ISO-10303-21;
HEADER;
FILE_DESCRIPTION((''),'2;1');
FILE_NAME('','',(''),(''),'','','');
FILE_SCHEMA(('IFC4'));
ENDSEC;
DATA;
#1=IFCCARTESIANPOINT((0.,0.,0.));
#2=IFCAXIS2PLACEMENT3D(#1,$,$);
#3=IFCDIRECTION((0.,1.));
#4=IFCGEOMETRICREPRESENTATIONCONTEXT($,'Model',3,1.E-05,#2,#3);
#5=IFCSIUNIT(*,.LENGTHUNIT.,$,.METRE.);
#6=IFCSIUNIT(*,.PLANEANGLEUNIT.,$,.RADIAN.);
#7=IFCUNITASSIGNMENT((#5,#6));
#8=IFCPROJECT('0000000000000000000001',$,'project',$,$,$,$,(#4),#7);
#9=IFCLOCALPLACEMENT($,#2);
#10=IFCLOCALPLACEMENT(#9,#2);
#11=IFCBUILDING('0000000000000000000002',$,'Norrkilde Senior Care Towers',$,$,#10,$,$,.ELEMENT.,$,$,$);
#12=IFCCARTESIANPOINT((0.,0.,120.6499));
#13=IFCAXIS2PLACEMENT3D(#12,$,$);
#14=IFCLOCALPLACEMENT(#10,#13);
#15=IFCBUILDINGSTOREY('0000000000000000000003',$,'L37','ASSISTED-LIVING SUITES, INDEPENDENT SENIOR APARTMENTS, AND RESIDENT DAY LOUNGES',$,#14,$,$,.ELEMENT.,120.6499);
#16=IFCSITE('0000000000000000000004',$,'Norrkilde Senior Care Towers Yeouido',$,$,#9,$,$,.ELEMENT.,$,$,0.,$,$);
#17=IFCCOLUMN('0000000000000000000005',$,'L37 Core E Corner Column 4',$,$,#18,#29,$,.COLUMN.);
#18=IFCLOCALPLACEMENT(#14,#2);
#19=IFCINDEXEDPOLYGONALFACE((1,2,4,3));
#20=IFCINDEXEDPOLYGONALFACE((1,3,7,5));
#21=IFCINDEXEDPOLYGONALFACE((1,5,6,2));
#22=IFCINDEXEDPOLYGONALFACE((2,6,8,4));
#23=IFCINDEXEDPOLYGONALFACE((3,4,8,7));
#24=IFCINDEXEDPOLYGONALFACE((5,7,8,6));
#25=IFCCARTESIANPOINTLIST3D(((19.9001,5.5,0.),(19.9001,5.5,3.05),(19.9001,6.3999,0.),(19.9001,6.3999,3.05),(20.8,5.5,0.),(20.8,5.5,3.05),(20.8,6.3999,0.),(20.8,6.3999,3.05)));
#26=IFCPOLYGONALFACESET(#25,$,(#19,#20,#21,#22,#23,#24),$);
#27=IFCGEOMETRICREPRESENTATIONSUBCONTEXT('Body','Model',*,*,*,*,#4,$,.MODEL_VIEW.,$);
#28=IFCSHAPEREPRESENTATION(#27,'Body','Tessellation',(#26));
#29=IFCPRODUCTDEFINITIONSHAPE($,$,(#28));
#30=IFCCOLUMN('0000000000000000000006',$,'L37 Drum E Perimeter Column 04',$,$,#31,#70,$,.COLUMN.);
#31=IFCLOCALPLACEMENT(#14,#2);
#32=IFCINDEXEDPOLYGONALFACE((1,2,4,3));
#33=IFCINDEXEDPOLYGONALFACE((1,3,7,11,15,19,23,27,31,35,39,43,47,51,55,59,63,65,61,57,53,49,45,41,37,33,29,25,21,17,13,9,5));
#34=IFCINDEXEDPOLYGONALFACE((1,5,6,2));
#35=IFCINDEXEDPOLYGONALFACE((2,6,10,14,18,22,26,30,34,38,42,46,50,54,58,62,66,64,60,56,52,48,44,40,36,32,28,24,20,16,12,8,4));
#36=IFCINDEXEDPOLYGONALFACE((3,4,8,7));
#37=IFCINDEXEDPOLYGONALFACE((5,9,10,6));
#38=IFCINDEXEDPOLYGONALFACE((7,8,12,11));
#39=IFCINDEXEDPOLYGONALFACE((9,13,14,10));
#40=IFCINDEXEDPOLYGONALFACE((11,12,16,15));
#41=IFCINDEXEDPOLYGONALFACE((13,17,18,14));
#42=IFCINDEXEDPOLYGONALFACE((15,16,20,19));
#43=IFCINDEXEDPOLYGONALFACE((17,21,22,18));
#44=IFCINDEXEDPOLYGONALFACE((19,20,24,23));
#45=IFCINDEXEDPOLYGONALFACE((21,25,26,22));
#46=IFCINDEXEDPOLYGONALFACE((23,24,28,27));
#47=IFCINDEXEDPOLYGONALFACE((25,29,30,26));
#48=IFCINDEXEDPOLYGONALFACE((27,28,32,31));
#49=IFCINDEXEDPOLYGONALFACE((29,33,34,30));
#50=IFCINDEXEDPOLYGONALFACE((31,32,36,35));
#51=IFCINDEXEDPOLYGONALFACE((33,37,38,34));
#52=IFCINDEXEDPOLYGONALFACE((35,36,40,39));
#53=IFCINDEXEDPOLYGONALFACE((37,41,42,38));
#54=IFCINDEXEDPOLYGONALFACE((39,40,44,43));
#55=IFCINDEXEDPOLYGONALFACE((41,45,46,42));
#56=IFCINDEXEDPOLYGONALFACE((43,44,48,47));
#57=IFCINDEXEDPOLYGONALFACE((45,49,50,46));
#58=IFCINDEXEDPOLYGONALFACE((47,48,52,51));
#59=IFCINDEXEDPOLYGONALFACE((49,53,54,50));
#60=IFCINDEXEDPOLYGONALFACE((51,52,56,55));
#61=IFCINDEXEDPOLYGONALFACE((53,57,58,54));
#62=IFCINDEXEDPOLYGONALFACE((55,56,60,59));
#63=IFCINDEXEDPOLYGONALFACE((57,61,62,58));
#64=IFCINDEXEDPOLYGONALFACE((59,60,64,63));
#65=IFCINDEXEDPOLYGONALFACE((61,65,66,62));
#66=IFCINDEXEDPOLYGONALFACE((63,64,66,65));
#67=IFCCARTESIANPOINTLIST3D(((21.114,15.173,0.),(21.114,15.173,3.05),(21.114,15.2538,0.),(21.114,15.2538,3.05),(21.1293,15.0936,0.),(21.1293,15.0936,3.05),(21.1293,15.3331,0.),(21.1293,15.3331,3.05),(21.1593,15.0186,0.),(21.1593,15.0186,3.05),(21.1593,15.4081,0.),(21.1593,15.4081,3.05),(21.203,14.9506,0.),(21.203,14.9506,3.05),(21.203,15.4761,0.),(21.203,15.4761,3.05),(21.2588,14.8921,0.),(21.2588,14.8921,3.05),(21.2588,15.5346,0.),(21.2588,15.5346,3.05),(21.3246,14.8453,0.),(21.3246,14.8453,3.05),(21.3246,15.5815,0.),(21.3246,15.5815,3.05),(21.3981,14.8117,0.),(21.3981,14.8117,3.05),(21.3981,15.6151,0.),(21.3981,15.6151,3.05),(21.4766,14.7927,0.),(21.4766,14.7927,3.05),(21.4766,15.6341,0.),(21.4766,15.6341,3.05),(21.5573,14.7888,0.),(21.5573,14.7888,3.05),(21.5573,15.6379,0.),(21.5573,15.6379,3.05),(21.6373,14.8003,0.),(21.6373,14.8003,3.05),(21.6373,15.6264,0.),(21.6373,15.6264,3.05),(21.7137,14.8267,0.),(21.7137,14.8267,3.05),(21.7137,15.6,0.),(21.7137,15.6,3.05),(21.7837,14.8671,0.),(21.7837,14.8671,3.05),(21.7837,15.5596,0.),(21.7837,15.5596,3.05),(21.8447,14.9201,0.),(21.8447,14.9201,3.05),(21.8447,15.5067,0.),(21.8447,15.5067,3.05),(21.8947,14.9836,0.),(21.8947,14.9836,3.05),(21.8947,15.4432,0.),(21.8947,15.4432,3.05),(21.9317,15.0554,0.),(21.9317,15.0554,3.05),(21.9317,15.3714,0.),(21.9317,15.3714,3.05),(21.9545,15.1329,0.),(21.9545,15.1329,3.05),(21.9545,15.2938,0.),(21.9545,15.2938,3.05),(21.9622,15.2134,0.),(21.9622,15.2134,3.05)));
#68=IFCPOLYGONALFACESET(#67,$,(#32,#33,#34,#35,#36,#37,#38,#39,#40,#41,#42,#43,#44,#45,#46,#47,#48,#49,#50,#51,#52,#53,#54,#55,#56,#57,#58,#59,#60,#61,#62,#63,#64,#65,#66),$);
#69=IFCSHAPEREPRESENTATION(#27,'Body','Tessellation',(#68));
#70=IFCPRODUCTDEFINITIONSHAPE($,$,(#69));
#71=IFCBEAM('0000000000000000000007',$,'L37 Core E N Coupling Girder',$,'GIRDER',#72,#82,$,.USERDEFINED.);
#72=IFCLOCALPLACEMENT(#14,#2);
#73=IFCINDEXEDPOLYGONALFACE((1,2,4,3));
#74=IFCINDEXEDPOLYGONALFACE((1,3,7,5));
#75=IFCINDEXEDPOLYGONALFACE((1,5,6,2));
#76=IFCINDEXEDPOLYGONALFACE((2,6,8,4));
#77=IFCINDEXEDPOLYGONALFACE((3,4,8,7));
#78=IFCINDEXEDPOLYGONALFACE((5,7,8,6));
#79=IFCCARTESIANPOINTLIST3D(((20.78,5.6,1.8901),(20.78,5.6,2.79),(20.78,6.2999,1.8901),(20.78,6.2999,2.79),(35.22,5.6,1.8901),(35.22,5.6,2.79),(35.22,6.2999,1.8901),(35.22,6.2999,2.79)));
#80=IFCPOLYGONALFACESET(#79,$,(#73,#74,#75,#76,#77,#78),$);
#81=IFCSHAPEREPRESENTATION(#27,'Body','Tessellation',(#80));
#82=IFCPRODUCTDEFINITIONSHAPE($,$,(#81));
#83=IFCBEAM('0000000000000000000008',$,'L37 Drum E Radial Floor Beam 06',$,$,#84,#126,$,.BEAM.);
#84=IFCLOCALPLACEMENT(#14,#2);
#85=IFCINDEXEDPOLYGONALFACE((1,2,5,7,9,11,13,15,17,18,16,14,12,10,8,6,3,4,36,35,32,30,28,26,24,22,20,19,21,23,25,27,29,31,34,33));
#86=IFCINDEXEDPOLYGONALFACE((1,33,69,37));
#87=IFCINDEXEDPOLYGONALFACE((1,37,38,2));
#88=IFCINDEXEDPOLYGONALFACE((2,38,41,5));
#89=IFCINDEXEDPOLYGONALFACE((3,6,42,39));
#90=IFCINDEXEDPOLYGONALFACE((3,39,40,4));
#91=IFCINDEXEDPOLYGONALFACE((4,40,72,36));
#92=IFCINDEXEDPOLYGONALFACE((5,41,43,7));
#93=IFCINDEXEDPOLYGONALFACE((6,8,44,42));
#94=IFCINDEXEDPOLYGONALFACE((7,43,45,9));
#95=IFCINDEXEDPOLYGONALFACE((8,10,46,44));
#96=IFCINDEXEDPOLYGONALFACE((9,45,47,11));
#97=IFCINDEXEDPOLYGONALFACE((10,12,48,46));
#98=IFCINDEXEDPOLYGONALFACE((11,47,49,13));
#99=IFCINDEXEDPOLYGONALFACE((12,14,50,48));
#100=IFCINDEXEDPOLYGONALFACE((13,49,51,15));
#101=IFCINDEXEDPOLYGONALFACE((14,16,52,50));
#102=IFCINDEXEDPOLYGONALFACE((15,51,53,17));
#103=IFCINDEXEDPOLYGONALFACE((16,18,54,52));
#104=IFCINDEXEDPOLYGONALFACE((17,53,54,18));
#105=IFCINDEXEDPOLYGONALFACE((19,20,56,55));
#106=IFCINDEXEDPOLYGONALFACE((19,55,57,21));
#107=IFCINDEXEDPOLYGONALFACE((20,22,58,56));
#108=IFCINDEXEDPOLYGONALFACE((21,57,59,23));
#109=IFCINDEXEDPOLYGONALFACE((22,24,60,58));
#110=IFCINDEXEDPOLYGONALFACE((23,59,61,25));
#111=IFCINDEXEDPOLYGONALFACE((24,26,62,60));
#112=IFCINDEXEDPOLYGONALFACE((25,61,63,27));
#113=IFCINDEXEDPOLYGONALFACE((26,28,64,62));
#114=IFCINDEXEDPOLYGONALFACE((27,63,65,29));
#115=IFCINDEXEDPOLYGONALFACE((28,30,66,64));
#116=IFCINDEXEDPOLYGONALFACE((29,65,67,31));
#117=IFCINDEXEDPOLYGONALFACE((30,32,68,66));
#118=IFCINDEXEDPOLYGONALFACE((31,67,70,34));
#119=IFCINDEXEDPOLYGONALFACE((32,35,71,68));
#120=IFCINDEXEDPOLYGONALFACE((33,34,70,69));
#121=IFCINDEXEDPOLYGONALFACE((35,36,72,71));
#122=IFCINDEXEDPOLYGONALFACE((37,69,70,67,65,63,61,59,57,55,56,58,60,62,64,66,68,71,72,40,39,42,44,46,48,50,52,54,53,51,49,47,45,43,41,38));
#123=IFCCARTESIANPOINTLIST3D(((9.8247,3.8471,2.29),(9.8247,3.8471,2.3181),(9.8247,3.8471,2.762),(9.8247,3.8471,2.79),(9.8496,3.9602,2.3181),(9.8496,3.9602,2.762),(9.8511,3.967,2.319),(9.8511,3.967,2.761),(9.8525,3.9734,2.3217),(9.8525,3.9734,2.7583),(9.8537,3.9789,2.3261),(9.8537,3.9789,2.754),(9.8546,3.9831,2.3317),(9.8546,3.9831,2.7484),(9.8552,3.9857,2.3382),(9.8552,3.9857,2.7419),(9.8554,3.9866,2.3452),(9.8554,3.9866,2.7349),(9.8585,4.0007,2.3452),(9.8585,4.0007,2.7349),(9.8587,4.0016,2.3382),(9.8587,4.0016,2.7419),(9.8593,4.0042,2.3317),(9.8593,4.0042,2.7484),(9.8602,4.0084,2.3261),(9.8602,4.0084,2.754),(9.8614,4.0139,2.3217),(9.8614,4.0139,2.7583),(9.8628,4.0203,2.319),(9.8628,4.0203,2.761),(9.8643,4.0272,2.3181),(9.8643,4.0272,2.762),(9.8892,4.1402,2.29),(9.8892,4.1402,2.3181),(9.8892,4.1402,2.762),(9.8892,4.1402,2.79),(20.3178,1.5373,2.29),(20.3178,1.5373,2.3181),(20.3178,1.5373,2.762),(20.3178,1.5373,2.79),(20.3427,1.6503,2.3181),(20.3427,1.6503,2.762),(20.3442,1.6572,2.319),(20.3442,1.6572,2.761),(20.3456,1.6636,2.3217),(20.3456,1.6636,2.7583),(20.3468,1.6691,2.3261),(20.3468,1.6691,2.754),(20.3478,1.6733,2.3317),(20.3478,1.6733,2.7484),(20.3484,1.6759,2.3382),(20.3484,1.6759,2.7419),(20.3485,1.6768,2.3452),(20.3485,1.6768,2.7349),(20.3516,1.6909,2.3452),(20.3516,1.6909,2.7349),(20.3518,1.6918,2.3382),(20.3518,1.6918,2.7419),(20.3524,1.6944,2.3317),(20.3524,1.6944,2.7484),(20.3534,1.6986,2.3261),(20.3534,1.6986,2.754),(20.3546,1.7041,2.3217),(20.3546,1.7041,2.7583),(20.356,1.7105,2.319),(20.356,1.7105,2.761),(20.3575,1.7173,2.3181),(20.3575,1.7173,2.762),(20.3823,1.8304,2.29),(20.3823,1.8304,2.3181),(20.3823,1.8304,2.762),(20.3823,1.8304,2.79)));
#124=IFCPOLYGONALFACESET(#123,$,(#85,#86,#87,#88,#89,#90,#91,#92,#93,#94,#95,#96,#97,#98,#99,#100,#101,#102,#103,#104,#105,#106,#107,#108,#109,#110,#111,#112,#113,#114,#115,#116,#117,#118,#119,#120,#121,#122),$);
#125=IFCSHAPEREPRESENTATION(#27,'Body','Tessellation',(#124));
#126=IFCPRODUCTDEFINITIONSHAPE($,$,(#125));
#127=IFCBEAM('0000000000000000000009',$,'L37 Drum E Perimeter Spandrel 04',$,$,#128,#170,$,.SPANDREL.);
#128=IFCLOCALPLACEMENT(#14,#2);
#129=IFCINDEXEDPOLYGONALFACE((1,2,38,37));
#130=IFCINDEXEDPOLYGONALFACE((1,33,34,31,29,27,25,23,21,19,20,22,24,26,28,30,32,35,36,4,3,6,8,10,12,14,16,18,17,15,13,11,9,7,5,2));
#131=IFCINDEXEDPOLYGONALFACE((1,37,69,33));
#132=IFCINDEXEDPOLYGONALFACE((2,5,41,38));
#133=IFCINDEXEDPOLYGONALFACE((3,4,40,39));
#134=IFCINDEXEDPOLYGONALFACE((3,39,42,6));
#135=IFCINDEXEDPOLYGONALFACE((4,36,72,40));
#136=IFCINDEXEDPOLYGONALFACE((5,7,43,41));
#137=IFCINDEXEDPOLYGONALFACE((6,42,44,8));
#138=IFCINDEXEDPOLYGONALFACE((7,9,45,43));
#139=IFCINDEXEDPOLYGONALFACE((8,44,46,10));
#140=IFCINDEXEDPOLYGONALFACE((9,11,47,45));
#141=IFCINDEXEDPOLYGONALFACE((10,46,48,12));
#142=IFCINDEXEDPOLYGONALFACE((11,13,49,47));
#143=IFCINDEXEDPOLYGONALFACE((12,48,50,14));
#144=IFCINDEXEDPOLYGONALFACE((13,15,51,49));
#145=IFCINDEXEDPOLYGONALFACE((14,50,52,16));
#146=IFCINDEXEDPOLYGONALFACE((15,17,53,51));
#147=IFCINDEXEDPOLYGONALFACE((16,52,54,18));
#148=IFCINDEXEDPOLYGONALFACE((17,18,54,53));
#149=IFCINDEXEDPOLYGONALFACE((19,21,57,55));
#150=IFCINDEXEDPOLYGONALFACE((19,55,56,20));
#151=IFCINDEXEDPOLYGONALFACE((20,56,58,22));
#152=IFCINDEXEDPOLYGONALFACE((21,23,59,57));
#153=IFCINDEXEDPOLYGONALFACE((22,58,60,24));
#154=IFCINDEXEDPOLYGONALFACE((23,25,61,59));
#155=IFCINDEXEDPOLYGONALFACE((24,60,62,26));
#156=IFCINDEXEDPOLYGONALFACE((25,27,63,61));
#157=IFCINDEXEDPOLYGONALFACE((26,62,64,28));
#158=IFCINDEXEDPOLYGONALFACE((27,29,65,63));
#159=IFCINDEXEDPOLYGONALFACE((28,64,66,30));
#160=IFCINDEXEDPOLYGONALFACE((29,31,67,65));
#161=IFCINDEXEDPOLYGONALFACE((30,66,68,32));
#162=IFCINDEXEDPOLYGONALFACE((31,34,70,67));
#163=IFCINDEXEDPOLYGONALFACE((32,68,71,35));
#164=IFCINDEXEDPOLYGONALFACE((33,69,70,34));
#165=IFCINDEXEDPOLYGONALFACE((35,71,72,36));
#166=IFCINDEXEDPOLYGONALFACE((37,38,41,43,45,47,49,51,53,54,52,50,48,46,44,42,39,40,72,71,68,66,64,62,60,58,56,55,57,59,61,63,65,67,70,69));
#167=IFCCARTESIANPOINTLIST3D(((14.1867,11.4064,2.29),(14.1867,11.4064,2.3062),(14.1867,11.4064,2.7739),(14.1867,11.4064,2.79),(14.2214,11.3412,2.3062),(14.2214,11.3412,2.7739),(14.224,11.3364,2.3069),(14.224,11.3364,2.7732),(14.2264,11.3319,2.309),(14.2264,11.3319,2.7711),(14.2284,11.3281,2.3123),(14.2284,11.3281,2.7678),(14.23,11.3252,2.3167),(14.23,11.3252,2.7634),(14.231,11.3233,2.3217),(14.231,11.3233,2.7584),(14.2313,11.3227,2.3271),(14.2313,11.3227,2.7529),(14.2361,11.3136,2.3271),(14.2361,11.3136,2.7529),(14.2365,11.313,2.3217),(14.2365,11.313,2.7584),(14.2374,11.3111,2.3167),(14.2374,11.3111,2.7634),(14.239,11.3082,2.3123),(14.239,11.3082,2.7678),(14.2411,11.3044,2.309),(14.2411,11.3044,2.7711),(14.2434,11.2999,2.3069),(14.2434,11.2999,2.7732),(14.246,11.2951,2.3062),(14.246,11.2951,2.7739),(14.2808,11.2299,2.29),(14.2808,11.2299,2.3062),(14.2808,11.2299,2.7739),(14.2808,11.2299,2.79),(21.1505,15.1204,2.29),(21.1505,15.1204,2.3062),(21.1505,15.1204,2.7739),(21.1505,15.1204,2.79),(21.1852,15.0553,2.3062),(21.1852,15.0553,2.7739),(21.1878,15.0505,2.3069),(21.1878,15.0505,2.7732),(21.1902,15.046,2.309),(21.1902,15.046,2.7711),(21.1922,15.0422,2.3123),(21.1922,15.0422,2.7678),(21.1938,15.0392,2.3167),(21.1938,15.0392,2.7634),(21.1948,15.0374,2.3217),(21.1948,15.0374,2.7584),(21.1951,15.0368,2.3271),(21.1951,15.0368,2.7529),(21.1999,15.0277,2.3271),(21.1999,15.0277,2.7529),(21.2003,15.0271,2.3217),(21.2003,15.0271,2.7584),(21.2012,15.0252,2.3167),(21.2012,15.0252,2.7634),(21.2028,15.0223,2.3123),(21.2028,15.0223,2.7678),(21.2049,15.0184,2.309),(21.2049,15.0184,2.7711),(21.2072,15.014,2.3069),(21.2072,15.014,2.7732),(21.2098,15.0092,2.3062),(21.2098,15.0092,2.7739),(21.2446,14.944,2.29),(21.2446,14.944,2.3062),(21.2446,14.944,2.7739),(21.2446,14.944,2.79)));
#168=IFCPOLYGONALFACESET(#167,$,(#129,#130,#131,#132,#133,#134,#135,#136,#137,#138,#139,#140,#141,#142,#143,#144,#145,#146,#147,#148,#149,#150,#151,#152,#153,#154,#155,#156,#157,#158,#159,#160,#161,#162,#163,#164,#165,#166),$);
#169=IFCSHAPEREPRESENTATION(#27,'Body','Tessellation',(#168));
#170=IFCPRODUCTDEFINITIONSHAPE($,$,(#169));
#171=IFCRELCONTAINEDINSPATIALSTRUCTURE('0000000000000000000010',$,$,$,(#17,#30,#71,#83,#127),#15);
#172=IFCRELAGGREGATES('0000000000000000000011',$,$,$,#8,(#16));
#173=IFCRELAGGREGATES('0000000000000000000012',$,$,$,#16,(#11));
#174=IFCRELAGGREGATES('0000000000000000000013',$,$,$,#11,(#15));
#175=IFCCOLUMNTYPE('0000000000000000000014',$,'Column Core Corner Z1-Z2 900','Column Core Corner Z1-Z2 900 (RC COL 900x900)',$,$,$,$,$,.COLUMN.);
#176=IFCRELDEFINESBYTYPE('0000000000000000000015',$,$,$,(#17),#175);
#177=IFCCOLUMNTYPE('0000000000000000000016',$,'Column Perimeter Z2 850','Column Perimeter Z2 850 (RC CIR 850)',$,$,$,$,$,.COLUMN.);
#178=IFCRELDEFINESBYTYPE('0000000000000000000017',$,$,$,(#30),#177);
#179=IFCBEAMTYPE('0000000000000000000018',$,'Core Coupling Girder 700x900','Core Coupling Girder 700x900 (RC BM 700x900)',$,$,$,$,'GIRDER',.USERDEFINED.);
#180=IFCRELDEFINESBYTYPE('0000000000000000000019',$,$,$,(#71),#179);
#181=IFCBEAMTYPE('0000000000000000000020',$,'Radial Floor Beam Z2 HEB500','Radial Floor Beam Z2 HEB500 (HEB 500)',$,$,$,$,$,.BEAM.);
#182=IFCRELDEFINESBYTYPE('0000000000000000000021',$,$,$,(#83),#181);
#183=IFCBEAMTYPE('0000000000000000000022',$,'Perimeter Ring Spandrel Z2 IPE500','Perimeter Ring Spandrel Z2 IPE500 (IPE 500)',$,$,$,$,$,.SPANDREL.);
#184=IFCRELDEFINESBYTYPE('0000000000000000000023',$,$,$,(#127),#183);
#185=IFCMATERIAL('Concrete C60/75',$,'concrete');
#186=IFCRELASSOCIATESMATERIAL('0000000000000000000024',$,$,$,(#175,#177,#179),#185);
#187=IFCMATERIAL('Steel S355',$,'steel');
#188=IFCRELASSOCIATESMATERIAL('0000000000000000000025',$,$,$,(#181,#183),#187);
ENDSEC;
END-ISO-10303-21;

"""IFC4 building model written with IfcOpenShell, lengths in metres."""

from ifc_helpers import new_model, si_unit, direction, frame, origin, origin_2d, place, context, subcontext, project, spatial, rectangle, circle, i_section, extrude, source, transform, mapped, material, material_profile, profile_set, type_object, type_shapes, element, save


model = new_model("IFC4")

# Units and contexts
model_context = context("Model", 3, precision=1e-05, world=origin(), true_north=direction((0.0, 1.0)))
body_context = subcontext(model_context, "Body", "Model", "MODEL_VIEW")
ifc_project = project(units=[si_unit("LENGTHUNIT", "METRE"), si_unit("PLANEANGLEUNIT", "RADIAN")], contexts=[model_context])

# Site, building, storey
site_placement = place(None, origin())
site = spatial("IfcSite", under=ifc_project, at=site_placement, Name="Norrkilde Senior Care Towers Yeouido", CompositionType="ELEMENT", RefElevation=0.0)
building_placement = place(site_placement, origin())
building = spatial("IfcBuilding", under=site, at=building_placement, Name="Norrkilde Senior Care Towers", CompositionType="ELEMENT")
storey_placement = place(building_placement, frame((0.0, 0.0, 120.6499)))
storey = spatial("IfcBuildingStorey", under=building, at=storey_placement, Name="L37", Description="ASSISTED-LIVING SUITES, INDEPENDENT SENIOR APARTMENTS, AND RESIDENT DAY LOUNGES", CompositionType="ELEMENT", Elevation=120.6499)

# Columns
ifc_material_1 = material(Name="Concrete C60/75", Category="concrete")
ifc_material_profile_1 = material_profile(ifc_material_1, rectangle(XDim=0.8999, YDim=0.8999, at=origin_2d()), Name="RC COL 900x900")
ifc_profile_set_1 = profile_set([ifc_material_profile_1], Name="Concrete C60/75")
column_type_1 = type_object("IfcColumnType", Name="Column Core Corner Z1-Z2 900", Description="Column Core Corner Z1-Z2 900 (RC COL 900x900)", PredefinedType="COLUMN", material=ifc_profile_set_1)
shared_shape_1 = source(origin(), body_context, "Body", "SweptSolid", [
    extrude(rectangle(XDim=0.8999, YDim=0.8999, at=origin_2d()), origin(), (0.0, 0.0, 1.0), 3.05),
])
type_shapes(column_type_1, [shared_shape_1])
column_1_placement = place(storey_placement, frame((20.3501, 5.95, 0.0), z_axis=(0.0, 0.0, 1.0), x_axis=(1.0, 0.0, 0.0)))
element("IfcColumn", 1, at=column_1_placement, inside=storey, type_object=column_type_1, Name="L37 Core E Corner Column 4", PredefinedType="COLUMN", context=body_context, shape_type="MappedRepresentation", body=[
    mapped(shared_shape_1, transform((0.0, 0.0, 0.0), x_axis=(1.0, 0.0, 0.0), y_axis=(0.0, 1.0, 0.0), z_axis=(0.0, 0.0, 1.0), scale=1.0)),
])
ifc_material_profile_2 = material_profile(ifc_material_1, circle(Radius=0.425, at=origin_2d()), Name="RC CIR 850")
ifc_profile_set_2 = profile_set([ifc_material_profile_2], Name="Concrete C60/75")
column_type_2 = type_object("IfcColumnType", Name="Column Perimeter Z2 850", Description="Column Perimeter Z2 850 (RC CIR 850)", PredefinedType="COLUMN", material=ifc_profile_set_2)
shared_shape_2 = source(origin(), body_context, "Body", "SweptSolid", [
    extrude(circle(Radius=0.425, at=origin_2d()), origin(), (0.0, 0.0, 1.0), 3.05),
])
type_shapes(column_type_2, [shared_shape_2])
column_2_placement = place(storey_placement, frame((21.5371, 15.2134, 0.0), z_axis=(0.0, 0.0, 1.0), x_axis=(1.0, 0.0, 0.0)))
element("IfcColumn", 2, at=column_2_placement, inside=storey, type_object=column_type_2, Name="L37 Drum E Perimeter Column 04", PredefinedType="COLUMN", context=body_context, shape_type="MappedRepresentation", body=[
    mapped(shared_shape_2, transform((0.0, 0.0, 0.0), x_axis=(1.0, 0.0, 0.0), y_axis=(0.0, 1.0, 0.0), z_axis=(0.0, 0.0, 1.0), scale=1.0)),
])

# Beams
ifc_material_profile_3 = material_profile(ifc_material_1, rectangle(XDim=0.7, YDim=0.8999, at=origin_2d()), Name="RC BM 700x900")
ifc_profile_set_3 = profile_set([ifc_material_profile_3], Name="Concrete C60/75")
beam_type_1 = type_object("IfcBeamType", Name="Core Coupling Girder 700x900", Description="Core Coupling Girder 700x900 (RC BM 700x900)", ElementType="GIRDER", PredefinedType="USERDEFINED", material=ifc_profile_set_3)
shared_shape_3 = source(origin(), body_context, "Body", "SweptSolid", [
    extrude(rectangle(XDim=0.7, YDim=0.8999, at=origin_2d()), origin(), (0.0, 0.0, 1.0), 14.4399),
])
type_shapes(beam_type_1, [shared_shape_3])
beam_1_placement = place(storey_placement, frame((20.78, 5.95, 2.3401), z_axis=(1.0, 0.0, 0.0), x_axis=(0.0, 1.0, 0.0)))
element("IfcBeam", 3, at=beam_1_placement, inside=storey, type_object=beam_type_1, Name="L37 Core E N Coupling Girder", ObjectType="GIRDER", PredefinedType="USERDEFINED", context=body_context, shape_type="MappedRepresentation", body=[
    mapped(shared_shape_3, transform((0.0, 0.0, 0.0), x_axis=(1.0, 0.0, 0.0), y_axis=(0.0, 1.0, 0.0), z_axis=(0.0, 0.0, 1.0), scale=1.0)),
])
ifc_material_2 = material(Name="Steel S355", Category="steel")
ifc_material_profile_4 = material_profile(ifc_material_2, i_section(OverallWidth=0.3, OverallDepth=0.5, WebThickness=0.0144, FlangeThickness=0.0281, FilletRadius=0.0271, at=origin_2d()), Name="HEB 500")
ifc_profile_set_4 = profile_set([ifc_material_profile_4], Name="Steel S355")
beam_type_2 = type_object("IfcBeamType", Name="Radial Floor Beam Z2 HEB500", Description="Radial Floor Beam Z2 HEB500 (HEB 500)", PredefinedType="BEAM", material=ifc_profile_set_4)
shared_shape_4 = source(origin(), body_context, "Body", "SweptSolid", [
    extrude(i_section(OverallWidth=0.3, OverallDepth=0.5, WebThickness=0.0144, FlangeThickness=0.0281, FilletRadius=0.0271, at=origin_2d()), origin(), (0.0, 0.0, 1.0), 10.7444),
])
beam_2_placement = place(storey_placement, frame((20.3501, 1.6838, 2.54), z_axis=(-0.976619, 0.214979, 0.0), x_axis=(-0.214979, -0.976619, 0.0)))
element("IfcBeam", 4, at=beam_2_placement, inside=storey, type_object=beam_type_2, Name="L37 Drum E Radial Floor Beam 06", PredefinedType="BEAM", context=body_context, shape_type="MappedRepresentation", body=[
    mapped(shared_shape_4, transform((0.0, 0.0, 0.0), x_axis=(1.0, 0.0, 0.0), y_axis=(0.0, 1.0, 0.0), z_axis=(0.0, 0.0, 1.0), scale=1.0)),
])
ifc_material_profile_5 = material_profile(ifc_material_2, i_section(OverallWidth=0.2, OverallDepth=0.5, WebThickness=0.0103, FlangeThickness=0.0161, FilletRadius=0.021, at=origin_2d()), Name="IPE 500")
ifc_profile_set_5 = profile_set([ifc_material_profile_5], Name="Steel S355")
beam_type_3 = type_object("IfcBeamType", Name="Perimeter Ring Spandrel Z2 IPE500", Description="Perimeter Ring Spandrel Z2 IPE500 (IPE 500)", PredefinedType="SPANDREL", material=ifc_profile_set_5)
shared_shape_5 = source(origin(), body_context, "Body", "SweptSolid", [
    extrude(i_section(OverallWidth=0.2, OverallDepth=0.5, WebThickness=0.0103, FlangeThickness=0.0161, FilletRadius=0.021, at=origin_2d()), origin(), (0.0, 0.0, 1.0), 7.8923),
])
type_shapes(beam_type_3, [shared_shape_5])
beam_3_placement = place(storey_placement, frame((21.1975, 15.0322, 2.54), z_axis=(-0.88235, -0.470593, 0.0), x_axis=(0.470593, -0.88235, 0.0)))
element("IfcBeam", 5, at=beam_3_placement, inside=storey, type_object=beam_type_3, Name="L37 Drum E Perimeter Spandrel 04", PredefinedType="SPANDREL", context=body_context, shape_type="MappedRepresentation", body=[
    mapped(shared_shape_5, transform((0.0, 0.0, 0.0), x_axis=(1.0, 0.0, 0.0), y_axis=(0.0, 1.0, 0.0), z_axis=(0.0, 0.0, 1.0), scale=1.0)),
])

save(model, "model.ifc")
